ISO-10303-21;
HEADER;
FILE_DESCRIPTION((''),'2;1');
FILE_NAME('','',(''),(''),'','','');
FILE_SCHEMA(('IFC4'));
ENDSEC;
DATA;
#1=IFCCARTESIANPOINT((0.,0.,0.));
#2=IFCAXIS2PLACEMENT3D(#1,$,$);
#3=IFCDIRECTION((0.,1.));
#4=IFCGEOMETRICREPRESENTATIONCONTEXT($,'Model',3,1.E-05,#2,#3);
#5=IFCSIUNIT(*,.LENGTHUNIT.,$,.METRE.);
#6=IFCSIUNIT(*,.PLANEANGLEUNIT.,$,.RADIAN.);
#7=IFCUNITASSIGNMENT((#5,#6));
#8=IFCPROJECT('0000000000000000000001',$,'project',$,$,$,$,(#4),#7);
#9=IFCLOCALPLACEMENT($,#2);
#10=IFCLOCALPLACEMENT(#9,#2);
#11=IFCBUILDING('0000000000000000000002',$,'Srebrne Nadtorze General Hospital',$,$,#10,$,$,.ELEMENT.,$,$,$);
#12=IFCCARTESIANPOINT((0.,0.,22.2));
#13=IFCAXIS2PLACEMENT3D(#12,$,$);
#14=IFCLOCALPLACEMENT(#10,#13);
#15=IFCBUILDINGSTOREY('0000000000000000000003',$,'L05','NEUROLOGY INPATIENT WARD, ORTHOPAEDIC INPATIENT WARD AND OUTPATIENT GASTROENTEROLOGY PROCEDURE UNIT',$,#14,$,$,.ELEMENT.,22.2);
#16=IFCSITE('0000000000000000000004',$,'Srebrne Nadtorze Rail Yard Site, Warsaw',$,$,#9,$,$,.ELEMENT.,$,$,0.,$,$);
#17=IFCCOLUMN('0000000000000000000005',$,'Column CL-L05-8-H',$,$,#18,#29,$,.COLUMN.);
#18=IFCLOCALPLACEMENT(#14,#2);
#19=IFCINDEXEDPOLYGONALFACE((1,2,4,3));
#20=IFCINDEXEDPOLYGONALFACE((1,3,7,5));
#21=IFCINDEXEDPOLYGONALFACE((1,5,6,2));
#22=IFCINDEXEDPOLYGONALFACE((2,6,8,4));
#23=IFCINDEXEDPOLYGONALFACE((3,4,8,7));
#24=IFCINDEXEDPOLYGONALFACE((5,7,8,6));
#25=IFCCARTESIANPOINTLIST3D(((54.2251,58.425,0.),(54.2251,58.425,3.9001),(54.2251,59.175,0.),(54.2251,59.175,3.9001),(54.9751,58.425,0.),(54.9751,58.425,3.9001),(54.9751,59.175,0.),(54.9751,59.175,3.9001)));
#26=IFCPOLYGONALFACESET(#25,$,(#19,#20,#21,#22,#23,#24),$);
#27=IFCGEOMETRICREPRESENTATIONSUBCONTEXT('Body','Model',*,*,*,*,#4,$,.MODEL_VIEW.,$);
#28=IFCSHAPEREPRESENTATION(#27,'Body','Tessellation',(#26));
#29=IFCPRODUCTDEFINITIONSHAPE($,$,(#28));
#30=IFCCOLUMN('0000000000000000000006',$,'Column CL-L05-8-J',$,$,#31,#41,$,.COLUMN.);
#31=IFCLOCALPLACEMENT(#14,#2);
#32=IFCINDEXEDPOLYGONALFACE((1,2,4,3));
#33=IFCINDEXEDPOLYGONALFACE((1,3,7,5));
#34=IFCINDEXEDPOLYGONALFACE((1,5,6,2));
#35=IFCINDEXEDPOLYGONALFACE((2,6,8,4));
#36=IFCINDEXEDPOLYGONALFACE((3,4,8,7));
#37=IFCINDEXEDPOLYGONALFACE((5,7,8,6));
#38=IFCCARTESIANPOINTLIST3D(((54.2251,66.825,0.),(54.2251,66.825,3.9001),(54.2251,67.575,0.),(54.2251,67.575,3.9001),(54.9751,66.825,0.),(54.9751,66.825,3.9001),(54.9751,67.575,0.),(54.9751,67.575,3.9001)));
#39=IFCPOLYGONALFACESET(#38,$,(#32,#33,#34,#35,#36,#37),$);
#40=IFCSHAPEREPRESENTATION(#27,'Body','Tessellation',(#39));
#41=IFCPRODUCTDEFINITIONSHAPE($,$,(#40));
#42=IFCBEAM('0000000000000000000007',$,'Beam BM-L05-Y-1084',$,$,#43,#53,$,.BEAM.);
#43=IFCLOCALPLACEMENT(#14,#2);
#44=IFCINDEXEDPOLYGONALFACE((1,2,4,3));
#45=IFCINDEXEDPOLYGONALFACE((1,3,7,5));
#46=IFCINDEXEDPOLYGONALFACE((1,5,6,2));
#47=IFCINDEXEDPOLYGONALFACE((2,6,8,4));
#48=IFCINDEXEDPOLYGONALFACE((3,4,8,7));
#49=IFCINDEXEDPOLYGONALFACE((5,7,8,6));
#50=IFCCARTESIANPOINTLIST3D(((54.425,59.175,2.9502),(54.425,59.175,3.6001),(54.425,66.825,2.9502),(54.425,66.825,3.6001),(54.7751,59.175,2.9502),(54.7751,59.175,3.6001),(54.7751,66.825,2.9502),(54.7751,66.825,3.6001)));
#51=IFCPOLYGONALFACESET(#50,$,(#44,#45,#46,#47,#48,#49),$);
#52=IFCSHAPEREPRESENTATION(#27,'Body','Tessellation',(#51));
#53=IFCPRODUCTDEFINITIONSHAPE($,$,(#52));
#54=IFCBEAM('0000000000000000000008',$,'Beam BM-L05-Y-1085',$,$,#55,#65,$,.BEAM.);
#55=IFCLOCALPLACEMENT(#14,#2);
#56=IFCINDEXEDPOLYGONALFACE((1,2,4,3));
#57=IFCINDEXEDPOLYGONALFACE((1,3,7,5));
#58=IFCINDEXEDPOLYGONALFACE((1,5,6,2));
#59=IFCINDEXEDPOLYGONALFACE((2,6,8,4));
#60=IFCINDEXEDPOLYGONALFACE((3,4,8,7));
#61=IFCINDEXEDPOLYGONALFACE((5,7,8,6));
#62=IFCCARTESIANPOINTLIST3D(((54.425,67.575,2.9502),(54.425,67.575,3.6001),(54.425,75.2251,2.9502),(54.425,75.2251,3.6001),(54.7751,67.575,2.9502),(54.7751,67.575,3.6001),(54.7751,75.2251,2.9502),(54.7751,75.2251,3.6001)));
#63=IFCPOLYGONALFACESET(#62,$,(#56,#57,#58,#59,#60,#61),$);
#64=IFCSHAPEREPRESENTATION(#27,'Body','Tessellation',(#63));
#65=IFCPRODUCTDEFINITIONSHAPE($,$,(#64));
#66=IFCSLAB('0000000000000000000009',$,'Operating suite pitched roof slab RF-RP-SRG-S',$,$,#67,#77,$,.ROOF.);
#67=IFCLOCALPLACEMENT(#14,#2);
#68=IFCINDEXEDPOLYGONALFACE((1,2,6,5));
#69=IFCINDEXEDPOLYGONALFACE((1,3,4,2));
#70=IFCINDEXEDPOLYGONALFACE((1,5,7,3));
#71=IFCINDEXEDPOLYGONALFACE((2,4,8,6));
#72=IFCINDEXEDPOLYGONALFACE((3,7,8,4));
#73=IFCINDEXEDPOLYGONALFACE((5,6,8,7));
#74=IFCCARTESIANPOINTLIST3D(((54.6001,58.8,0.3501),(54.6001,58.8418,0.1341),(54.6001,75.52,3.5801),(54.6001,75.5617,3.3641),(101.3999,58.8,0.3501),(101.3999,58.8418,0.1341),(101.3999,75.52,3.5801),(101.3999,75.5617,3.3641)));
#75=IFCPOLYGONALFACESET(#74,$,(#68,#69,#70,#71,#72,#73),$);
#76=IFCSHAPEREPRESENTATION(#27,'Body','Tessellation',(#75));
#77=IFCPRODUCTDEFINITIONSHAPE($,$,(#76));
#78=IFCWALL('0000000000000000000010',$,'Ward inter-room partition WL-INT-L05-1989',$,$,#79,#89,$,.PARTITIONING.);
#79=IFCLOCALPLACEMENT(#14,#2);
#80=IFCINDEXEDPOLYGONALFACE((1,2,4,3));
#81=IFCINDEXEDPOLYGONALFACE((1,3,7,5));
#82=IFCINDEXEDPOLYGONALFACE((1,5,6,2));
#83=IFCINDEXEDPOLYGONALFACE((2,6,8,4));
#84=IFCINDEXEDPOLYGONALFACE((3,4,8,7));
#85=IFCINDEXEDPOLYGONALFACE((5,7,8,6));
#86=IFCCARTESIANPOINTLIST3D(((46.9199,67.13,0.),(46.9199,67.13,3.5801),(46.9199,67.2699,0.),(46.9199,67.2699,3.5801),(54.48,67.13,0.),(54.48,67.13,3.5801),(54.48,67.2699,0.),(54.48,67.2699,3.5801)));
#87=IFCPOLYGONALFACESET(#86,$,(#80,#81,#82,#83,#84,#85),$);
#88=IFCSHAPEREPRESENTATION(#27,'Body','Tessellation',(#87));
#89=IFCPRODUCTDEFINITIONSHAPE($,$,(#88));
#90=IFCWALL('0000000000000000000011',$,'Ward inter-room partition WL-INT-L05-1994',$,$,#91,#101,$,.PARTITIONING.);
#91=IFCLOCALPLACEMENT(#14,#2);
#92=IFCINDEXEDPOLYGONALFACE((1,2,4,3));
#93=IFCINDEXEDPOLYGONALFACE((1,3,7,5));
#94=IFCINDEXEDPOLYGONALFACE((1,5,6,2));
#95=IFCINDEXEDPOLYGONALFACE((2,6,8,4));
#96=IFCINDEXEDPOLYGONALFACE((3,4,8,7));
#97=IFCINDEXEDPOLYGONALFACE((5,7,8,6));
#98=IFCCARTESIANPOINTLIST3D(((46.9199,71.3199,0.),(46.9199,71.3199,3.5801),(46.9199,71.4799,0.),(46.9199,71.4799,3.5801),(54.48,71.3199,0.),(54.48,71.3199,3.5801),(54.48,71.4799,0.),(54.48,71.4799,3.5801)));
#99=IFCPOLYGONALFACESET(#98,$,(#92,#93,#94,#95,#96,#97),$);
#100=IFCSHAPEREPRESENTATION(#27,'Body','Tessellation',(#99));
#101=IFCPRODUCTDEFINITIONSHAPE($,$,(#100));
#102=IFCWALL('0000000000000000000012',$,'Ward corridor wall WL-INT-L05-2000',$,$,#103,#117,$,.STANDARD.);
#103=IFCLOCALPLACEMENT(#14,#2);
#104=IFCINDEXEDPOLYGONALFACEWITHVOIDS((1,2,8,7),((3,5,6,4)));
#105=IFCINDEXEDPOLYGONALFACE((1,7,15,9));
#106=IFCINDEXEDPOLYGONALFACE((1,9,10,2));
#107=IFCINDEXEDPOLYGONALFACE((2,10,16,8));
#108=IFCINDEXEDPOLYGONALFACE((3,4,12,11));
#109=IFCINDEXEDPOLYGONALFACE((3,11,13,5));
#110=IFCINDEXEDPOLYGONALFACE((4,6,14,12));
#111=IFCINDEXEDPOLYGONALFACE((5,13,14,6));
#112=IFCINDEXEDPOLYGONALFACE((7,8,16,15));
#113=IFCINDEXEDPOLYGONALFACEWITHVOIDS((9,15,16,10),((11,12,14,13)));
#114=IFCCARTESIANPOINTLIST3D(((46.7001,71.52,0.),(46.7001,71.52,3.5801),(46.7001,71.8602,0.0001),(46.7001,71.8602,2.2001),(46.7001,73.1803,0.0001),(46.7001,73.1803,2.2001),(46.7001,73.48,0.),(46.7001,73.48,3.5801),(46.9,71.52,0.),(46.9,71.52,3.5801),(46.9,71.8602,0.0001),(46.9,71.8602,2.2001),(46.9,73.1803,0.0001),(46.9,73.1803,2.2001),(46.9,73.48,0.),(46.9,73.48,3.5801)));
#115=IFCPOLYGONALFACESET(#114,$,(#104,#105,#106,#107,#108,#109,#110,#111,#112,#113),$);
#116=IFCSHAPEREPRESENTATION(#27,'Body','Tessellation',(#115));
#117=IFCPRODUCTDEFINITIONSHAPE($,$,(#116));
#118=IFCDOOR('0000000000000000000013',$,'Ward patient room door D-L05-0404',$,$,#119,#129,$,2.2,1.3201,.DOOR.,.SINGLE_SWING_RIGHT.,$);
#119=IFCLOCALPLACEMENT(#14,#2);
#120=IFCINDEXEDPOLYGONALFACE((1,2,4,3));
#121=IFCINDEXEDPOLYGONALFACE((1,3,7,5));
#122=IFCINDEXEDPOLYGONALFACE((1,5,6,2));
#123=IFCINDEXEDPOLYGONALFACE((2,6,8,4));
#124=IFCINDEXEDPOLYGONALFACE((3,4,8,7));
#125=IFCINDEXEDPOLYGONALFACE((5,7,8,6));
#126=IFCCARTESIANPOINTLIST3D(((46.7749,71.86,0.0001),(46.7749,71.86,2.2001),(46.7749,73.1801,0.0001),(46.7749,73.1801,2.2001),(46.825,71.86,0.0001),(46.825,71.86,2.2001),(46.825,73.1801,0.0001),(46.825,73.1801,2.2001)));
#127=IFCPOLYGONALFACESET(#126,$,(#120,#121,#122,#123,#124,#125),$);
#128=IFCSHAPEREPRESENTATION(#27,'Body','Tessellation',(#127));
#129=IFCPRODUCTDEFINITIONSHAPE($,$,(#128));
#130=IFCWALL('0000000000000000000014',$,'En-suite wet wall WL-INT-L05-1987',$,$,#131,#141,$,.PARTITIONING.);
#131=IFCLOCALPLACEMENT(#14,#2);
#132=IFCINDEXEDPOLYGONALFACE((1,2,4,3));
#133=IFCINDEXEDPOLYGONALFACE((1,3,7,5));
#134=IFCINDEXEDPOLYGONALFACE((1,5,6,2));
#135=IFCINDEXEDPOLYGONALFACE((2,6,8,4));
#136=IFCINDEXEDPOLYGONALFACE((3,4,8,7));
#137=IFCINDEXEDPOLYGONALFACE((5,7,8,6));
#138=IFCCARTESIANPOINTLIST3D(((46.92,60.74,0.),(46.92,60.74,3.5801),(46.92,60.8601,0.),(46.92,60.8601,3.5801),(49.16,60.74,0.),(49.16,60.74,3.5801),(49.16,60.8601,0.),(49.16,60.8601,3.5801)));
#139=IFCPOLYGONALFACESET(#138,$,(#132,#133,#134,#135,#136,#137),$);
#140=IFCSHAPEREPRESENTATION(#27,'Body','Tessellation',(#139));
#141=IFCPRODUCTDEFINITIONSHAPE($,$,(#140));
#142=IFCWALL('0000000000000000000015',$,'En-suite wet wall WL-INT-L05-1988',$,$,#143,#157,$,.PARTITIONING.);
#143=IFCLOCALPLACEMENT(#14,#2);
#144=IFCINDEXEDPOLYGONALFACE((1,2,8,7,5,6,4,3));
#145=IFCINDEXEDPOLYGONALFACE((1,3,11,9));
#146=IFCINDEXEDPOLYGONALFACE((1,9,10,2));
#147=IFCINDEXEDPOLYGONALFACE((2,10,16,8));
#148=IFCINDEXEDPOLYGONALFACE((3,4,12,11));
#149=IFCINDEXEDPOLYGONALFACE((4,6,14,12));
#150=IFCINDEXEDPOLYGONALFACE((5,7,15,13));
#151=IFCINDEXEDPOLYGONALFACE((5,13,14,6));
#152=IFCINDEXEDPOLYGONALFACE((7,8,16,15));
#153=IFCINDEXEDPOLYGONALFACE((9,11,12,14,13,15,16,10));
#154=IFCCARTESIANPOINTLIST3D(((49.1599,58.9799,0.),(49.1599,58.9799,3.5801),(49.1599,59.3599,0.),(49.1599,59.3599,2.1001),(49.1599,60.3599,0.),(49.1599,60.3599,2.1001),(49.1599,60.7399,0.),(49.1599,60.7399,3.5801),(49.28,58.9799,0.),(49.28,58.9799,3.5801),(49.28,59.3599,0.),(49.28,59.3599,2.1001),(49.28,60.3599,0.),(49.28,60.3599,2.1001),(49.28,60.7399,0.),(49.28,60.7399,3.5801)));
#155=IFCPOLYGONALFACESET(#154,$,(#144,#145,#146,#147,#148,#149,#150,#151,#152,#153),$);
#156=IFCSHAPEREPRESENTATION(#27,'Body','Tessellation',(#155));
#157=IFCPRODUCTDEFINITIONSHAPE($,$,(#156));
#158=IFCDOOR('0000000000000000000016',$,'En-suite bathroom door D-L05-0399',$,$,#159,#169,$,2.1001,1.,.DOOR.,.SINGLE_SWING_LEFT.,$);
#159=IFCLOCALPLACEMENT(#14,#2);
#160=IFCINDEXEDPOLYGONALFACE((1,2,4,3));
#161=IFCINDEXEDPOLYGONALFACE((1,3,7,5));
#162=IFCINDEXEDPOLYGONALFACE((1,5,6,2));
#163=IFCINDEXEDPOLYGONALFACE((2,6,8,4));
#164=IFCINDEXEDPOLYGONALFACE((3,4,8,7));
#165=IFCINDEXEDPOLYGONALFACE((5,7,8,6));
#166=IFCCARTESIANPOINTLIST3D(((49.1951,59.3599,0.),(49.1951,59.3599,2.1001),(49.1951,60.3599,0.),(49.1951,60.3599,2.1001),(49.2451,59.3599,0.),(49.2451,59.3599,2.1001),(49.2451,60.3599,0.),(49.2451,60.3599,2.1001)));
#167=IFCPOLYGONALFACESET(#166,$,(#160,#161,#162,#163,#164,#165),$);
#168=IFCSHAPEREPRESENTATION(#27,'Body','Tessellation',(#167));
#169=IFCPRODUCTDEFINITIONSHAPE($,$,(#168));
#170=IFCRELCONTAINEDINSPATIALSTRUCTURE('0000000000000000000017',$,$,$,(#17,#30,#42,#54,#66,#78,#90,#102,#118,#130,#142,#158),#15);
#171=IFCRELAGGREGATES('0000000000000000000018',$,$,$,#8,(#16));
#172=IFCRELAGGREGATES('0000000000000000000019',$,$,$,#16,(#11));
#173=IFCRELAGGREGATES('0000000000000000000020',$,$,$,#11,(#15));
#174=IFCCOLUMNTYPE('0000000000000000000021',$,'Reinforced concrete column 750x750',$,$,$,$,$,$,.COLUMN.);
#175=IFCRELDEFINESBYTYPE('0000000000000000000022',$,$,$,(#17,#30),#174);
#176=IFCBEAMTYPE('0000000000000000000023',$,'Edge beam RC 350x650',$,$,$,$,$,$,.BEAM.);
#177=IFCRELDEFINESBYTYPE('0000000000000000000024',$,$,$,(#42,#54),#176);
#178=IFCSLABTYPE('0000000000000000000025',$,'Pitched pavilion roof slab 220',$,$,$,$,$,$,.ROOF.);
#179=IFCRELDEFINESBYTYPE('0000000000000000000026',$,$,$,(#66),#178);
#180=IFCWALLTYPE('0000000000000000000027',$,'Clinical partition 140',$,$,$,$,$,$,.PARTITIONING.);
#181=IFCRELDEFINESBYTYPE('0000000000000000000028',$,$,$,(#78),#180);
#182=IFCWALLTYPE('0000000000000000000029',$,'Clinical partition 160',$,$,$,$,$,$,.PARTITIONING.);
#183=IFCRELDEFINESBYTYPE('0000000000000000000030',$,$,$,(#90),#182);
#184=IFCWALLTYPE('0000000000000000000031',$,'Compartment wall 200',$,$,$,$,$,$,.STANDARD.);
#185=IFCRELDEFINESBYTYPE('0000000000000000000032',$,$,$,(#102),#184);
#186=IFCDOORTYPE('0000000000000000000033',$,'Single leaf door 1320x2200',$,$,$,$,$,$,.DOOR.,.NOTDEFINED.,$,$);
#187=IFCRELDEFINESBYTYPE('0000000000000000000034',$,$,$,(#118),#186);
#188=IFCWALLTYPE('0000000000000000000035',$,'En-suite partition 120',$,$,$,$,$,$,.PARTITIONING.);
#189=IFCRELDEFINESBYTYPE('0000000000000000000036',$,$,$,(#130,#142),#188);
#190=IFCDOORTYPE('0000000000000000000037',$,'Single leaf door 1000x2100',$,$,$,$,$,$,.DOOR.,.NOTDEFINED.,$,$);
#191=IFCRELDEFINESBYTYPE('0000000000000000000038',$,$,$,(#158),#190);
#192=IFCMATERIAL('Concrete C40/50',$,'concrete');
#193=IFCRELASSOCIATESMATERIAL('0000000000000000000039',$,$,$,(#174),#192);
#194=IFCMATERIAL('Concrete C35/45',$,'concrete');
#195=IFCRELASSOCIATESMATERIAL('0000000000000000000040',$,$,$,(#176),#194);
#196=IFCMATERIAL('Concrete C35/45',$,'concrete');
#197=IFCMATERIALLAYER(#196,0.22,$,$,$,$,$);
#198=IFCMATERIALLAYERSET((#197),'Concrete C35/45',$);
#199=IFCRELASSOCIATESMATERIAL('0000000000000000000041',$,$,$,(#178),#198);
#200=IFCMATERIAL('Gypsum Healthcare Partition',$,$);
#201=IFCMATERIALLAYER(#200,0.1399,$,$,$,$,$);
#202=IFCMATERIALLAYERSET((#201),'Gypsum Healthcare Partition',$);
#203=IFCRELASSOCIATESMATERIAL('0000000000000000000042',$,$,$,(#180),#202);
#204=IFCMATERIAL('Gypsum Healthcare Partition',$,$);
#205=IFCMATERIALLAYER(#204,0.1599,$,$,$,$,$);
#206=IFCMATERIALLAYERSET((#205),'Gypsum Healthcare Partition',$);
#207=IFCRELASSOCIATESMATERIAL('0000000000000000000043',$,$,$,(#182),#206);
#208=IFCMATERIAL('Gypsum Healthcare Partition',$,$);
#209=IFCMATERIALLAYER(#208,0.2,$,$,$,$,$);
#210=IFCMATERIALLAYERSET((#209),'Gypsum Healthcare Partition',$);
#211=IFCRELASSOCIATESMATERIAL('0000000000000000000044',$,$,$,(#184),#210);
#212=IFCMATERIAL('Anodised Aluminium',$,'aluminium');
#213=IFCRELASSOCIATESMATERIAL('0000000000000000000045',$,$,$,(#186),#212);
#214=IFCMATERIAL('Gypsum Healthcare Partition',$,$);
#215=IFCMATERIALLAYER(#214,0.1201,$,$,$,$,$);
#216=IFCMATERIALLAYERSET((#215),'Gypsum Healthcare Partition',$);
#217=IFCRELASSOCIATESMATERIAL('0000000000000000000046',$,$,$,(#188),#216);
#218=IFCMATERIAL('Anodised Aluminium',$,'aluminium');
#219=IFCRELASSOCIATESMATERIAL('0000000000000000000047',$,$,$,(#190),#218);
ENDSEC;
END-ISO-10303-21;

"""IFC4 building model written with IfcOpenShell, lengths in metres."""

from ifc_helpers import new_model, si_unit, direction, frame, frame_2d, origin, origin_2d, place, context, subcontext, project, spatial, polyline, rectangle, outline, extrude, material, layer, layer_set, material_profile, profile_set, type_object, element, fill, save


model = new_model("IFC4")

# Units and contexts
model_context = context("Model", 3, precision=1e-05, world=origin(), true_north=direction((0.0, 1.0)))
body_context = subcontext(model_context, "Body", "Model", "MODEL_VIEW")
ifc_project = project(units=[si_unit("LENGTHUNIT", "METRE"), si_unit("PLANEANGLEUNIT", "RADIAN")], contexts=[model_context])

# Site, building, storey
site_placement = place(None, origin())
site = spatial("IfcSite", under=ifc_project, at=site_placement, Name="Srebrne Nadtorze Rail Yard Site, Warsaw", CompositionType="ELEMENT", RefElevation=0.0)
building_placement = place(site_placement, origin())
building = spatial("IfcBuilding", under=site, at=building_placement, Name="Srebrne Nadtorze General Hospital", CompositionType="ELEMENT")
storey_placement = place(building_placement, frame((0.0, 0.0, 22.2)))
storey = spatial("IfcBuildingStorey", under=building, at=storey_placement, Name="L05", Description="NEUROLOGY INPATIENT WARD, ORTHOPAEDIC INPATIENT WARD AND OUTPATIENT GASTROENTEROLOGY PROCEDURE UNIT", CompositionType="ELEMENT", Elevation=22.2)

# Columns
ifc_material_1 = material(Name="Concrete C40/50", Category="concrete")
ifc_material_profile_1 = material_profile(ifc_material_1, rectangle(XDim=0.75, YDim=0.75, at=origin_2d()), Name="RC-COL-750x750")
ifc_profile_set_1 = profile_set([ifc_material_profile_1], Name="Concrete C40/50")
column_type = type_object("IfcColumnType", Name="Reinforced concrete column 750x750", PredefinedType="COLUMN", material=ifc_profile_set_1)
for number, where, z_axis, x_axis, name in (
    (1, (54.6001, 58.8, 0.0), (0.0, 0.0, 1.0), (1.0, 0.0, 0.0), "Column CL-L05-8-H"),
    (2, (54.6001, 67.2, 0.0), (0.0, 0.0, 1.0), (1.0, 0.0, 0.0), "Column CL-L05-8-J"),
):
    element("IfcColumn", number, at=place(storey_placement, frame(where, z_axis=z_axis, x_axis=x_axis)), inside=storey, type_object=column_type, Name=name, PredefinedType="COLUMN", context=body_context, shape_type="SweptSolid", body=[
        extrude(rectangle(XDim=0.75, YDim=0.75, at=origin_2d()), origin(), (0.0, 0.0, 1.0), 3.9001),
    ])

# Beams
ifc_material_2 = material(Name="Concrete C35/45", Category="concrete")
ifc_material_profile_2 = material_profile(ifc_material_2, rectangle(XDim=0.3501, YDim=0.6499, at=origin_2d()), Name="RC-BM-350x650")
ifc_profile_set_2 = profile_set([ifc_material_profile_2], Name="Concrete C35/45")
beam_type = type_object("IfcBeamType", Name="Edge beam RC 350x650", PredefinedType="BEAM", material=ifc_profile_set_2)
beam_1_placement = place(storey_placement, frame((54.6001, 59.175, 3.2751), z_axis=(0.0, 1.0, 0.0), x_axis=(-1.0, 0.0, 0.0)))
element("IfcBeam", 3, at=beam_1_placement, inside=storey, type_object=beam_type, Name="Beam BM-L05-Y-1084", PredefinedType="BEAM", context=body_context, shape_type="SweptSolid", body=[
    extrude(rectangle(XDim=0.3501, YDim=0.6499, at=origin_2d()), origin(), (0.0, 0.0, 1.0), 7.6499),
])
beam_2_placement = place(storey_placement, frame((54.6001, 67.575, 3.2751), z_axis=(0.0, 1.0, 0.0), x_axis=(-1.0, 0.0, 0.0)))
element("IfcBeam", 4, at=beam_2_placement, inside=storey, type_object=beam_type, Name="Beam BM-L05-Y-1085", PredefinedType="BEAM", context=body_context, shape_type="SweptSolid", body=[
    extrude(rectangle(XDim=0.3501, YDim=0.6499, at=origin_2d()), origin(), (0.0, 0.0, 1.0), 7.6501),
])

# Slab
ifc_material_3 = material(Name="Concrete C35/45", Category="concrete")
ifc_layer_1 = layer(ifc_material_3, 0.22)
ifc_layer_set_1 = layer_set([ifc_layer_1], Name="Concrete C35/45")
slab_type = type_object("IfcSlabType", Name="Pitched pavilion roof slab 220", PredefinedType="ROOF", material=ifc_layer_set_1)
slab_placement = place(storey_placement, frame((54.6001, 58.8, 0.3501), z_axis=(0.0, -0.189674, 0.981847), x_axis=(1.0, 0.0, 0.0)))
element("IfcSlab", 5, at=slab_placement, inside=storey, type_object=slab_type, Name="Operating suite pitched roof slab RF-RP-SRG-S", PredefinedType="ROOF", context=body_context, shape_type="SweptSolid", body=[
    extrude(outline(polyline([(0.0, 0.0), (46.7998, 0.0), (46.7998, 17.0291), (0.0, 17.0291), (0.0, 0.0)])), origin(), (0.0, 0.0, -1.0), 0.22),
])

# Walls
ifc_material_4 = material(Name="Gypsum Healthcare Partition")
ifc_layer_2 = layer(ifc_material_4, 0.1399)
ifc_layer_set_2 = layer_set([ifc_layer_2], Name="Gypsum Healthcare Partition")
wall_type_1 = type_object("IfcWallType", Name="Clinical partition 140", PredefinedType="PARTITIONING", material=ifc_layer_set_2)
wall_1_placement = place(storey_placement, frame((46.9199, 67.2, 0.0), z_axis=(0.0, 0.0, 1.0), x_axis=(1.0, 0.0, 0.0)))
element("IfcWall", 6, at=wall_1_placement, inside=storey, type_object=wall_type_1, Name="Ward inter-room partition WL-INT-L05-1989", PredefinedType="PARTITIONING", context=body_context, shape_type="SweptSolid", body=[
    extrude(rectangle(XDim=7.5601, YDim=0.1399, at=frame_2d((3.78, 0.0))), origin(), (0.0, 0.0, 1.0), 3.5801),
])
ifc_material_5 = material(Name="Gypsum Healthcare Partition")
ifc_layer_3 = layer(ifc_material_5, 0.1599)
ifc_layer_set_3 = layer_set([ifc_layer_3], Name="Gypsum Healthcare Partition")
wall_type_2 = type_object("IfcWallType", Name="Clinical partition 160", PredefinedType="PARTITIONING", material=ifc_layer_set_3)
wall_2_placement = place(storey_placement, frame((46.9199, 71.3999, 0.0), z_axis=(0.0, 0.0, 1.0), x_axis=(1.0, 0.0, 0.0)))
element("IfcWall", 7, at=wall_2_placement, inside=storey, type_object=wall_type_2, Name="Ward inter-room partition WL-INT-L05-1994", PredefinedType="PARTITIONING", context=body_context, shape_type="SweptSolid", body=[
    extrude(rectangle(XDim=7.5601, YDim=0.1599, at=frame_2d((3.78, 0.0))), origin(), (0.0, 0.0, 1.0), 3.5801),
])

# Wall, opening, door
ifc_material_6 = material(Name="Gypsum Healthcare Partition")
ifc_layer_4 = layer(ifc_material_6, 0.2)
ifc_layer_set_4 = layer_set([ifc_layer_4], Name="Gypsum Healthcare Partition")
wall_type_3 = type_object("IfcWallType", Name="Compartment wall 200", PredefinedType="STANDARD", material=ifc_layer_set_4)
wall_3_placement = place(storey_placement, frame((46.8, 71.52, 0.0), z_axis=(0.0, 0.0, 1.0), x_axis=(0.0, 1.0, 0.0)))
wall_3 = element("IfcWall", 8, at=wall_3_placement, inside=storey, type_object=wall_type_3, Name="Ward corridor wall WL-INT-L05-2000", PredefinedType="STANDARD", context=body_context, shape_type="SweptSolid", body=[
    extrude(rectangle(XDim=1.96, YDim=0.2, at=frame_2d((0.98, 0.0))), origin(), (0.0, 0.0, 1.0), 3.5801),
])
opening_1_placement = place(wall_3_placement, frame((0.3401, 0.0, 0.0)))
opening_1 = element("IfcOpeningElement", 9, at=opening_1_placement, cuts=wall_3, PredefinedType="OPENING", context=body_context, shape_type="SweptSolid", body=[
    extrude(rectangle(XDim=1.3201, YDim=2.2, at=frame_2d((0.6602, 1.1001))), frame((0.0, 0.1118, 0.0), z_axis=(0.0, -1.0, 0.0), x_axis=(1.0, 0.0, 0.0)), (0.0, 0.0, 1.0), 0.2239),
])
ifc_material_7 = material(Name="Anodised Aluminium", Category="aluminium")
door_type_1 = type_object("IfcDoorType", Name="Single leaf door 1320x2200", OperationType="NOTDEFINED", PredefinedType="DOOR", material=ifc_material_7)
door_1_placement = place(opening_1_placement, frame((1.3201, 0.0, 0.0), z_axis=(0.0, 0.0, 1.0), x_axis=(-1.0, 0.0, 0.0)))
door_1 = element("IfcDoor", 10, at=door_1_placement, inside=storey, type_object=door_type_1, Name="Ward patient room door D-L05-0404", OperationType="SINGLE_SWING_RIGHT", OverallHeight=2.2, OverallWidth=1.3201, PredefinedType="DOOR", context=body_context, shape_type="SweptSolid", body=[
    extrude(rectangle(XDim=1.3201, YDim=2.2, at=frame_2d((0.6602, 1.1001))), frame((0.0, 0.0249, 0.0), z_axis=(0.0, -1.0, 0.0), x_axis=(1.0, 0.0, 0.0)), (0.0, 0.0, 1.0), 0.05),
])
fill(opening_1, door_1)

# Wall
ifc_material_8 = material(Name="Gypsum Healthcare Partition")
ifc_layer_5 = layer(ifc_material_8, 0.1201)
ifc_layer_set_5 = layer_set([ifc_layer_5], Name="Gypsum Healthcare Partition")
wall_type_4 = type_object("IfcWallType", Name="En-suite partition 120", PredefinedType="PARTITIONING", material=ifc_layer_set_5)
wall_4_placement = place(storey_placement, frame((46.9199, 60.8, 0.0), z_axis=(0.0, 0.0, 1.0), x_axis=(1.0, 0.0, 0.0)))
element("IfcWall", 11, at=wall_4_placement, inside=storey, type_object=wall_type_4, Name="En-suite wet wall WL-INT-L05-1987", PredefinedType="PARTITIONING", context=body_context, shape_type="SweptSolid", body=[
    extrude(rectangle(XDim=2.24, YDim=0.1201, at=frame_2d((1.1201, 0.0))), origin(), (0.0, 0.0, 1.0), 3.5801),
])

# Wall, opening, door
wall_5_placement = place(storey_placement, frame((49.22, 58.98, 0.0), z_axis=(0.0, 0.0, 1.0), x_axis=(0.0, 1.0, 0.0)))
wall_5 = element("IfcWall", 12, at=wall_5_placement, inside=storey, type_object=wall_type_4, Name="En-suite wet wall WL-INT-L05-1988", PredefinedType="PARTITIONING", context=body_context, shape_type="SweptSolid", body=[
    extrude(rectangle(XDim=1.76, YDim=0.1201, at=frame_2d((0.8799, 0.0))), origin(), (0.0, 0.0, 1.0), 3.5801),
])
opening_2_placement = place(wall_5_placement, frame((0.3799, 0.0, 0.0)))
opening_2 = element("IfcOpeningElement", 13, at=opening_2_placement, cuts=wall_5, PredefinedType="OPENING", context=body_context, shape_type="SweptSolid", body=[
    extrude(rectangle(XDim=1.0, YDim=2.1001, at=frame_2d((0.5, 1.05))), frame((0.0, 0.072, 0.0), z_axis=(0.0, -1.0, 0.0), x_axis=(1.0, 0.0, 0.0)), (0.0, 0.0, 1.0), 0.144),
])
ifc_material_9 = material(Name="Anodised Aluminium", Category="aluminium")
door_type_2 = type_object("IfcDoorType", Name="Single leaf door 1000x2100", OperationType="NOTDEFINED", PredefinedType="DOOR", material=ifc_material_9)
door_2_placement = place(opening_2_placement, origin())
door_2 = element("IfcDoor", 14, at=door_2_placement, inside=storey, type_object=door_type_2, Name="En-suite bathroom door D-L05-0399", OperationType="SINGLE_SWING_LEFT", OverallHeight=2.1001, OverallWidth=1.0, PredefinedType="DOOR", context=body_context, shape_type="SweptSolid", body=[
    extrude(rectangle(XDim=1.0, YDim=2.1001, at=frame_2d((0.5, 1.05))), frame((0.0, 0.0249, 0.0), z_axis=(0.0, -1.0, 0.0), x_axis=(1.0, 0.0, 0.0)), (0.0, 0.0, 1.0), 0.05),
])
fill(opening_2, door_2)

save(model, "model.ifc")
